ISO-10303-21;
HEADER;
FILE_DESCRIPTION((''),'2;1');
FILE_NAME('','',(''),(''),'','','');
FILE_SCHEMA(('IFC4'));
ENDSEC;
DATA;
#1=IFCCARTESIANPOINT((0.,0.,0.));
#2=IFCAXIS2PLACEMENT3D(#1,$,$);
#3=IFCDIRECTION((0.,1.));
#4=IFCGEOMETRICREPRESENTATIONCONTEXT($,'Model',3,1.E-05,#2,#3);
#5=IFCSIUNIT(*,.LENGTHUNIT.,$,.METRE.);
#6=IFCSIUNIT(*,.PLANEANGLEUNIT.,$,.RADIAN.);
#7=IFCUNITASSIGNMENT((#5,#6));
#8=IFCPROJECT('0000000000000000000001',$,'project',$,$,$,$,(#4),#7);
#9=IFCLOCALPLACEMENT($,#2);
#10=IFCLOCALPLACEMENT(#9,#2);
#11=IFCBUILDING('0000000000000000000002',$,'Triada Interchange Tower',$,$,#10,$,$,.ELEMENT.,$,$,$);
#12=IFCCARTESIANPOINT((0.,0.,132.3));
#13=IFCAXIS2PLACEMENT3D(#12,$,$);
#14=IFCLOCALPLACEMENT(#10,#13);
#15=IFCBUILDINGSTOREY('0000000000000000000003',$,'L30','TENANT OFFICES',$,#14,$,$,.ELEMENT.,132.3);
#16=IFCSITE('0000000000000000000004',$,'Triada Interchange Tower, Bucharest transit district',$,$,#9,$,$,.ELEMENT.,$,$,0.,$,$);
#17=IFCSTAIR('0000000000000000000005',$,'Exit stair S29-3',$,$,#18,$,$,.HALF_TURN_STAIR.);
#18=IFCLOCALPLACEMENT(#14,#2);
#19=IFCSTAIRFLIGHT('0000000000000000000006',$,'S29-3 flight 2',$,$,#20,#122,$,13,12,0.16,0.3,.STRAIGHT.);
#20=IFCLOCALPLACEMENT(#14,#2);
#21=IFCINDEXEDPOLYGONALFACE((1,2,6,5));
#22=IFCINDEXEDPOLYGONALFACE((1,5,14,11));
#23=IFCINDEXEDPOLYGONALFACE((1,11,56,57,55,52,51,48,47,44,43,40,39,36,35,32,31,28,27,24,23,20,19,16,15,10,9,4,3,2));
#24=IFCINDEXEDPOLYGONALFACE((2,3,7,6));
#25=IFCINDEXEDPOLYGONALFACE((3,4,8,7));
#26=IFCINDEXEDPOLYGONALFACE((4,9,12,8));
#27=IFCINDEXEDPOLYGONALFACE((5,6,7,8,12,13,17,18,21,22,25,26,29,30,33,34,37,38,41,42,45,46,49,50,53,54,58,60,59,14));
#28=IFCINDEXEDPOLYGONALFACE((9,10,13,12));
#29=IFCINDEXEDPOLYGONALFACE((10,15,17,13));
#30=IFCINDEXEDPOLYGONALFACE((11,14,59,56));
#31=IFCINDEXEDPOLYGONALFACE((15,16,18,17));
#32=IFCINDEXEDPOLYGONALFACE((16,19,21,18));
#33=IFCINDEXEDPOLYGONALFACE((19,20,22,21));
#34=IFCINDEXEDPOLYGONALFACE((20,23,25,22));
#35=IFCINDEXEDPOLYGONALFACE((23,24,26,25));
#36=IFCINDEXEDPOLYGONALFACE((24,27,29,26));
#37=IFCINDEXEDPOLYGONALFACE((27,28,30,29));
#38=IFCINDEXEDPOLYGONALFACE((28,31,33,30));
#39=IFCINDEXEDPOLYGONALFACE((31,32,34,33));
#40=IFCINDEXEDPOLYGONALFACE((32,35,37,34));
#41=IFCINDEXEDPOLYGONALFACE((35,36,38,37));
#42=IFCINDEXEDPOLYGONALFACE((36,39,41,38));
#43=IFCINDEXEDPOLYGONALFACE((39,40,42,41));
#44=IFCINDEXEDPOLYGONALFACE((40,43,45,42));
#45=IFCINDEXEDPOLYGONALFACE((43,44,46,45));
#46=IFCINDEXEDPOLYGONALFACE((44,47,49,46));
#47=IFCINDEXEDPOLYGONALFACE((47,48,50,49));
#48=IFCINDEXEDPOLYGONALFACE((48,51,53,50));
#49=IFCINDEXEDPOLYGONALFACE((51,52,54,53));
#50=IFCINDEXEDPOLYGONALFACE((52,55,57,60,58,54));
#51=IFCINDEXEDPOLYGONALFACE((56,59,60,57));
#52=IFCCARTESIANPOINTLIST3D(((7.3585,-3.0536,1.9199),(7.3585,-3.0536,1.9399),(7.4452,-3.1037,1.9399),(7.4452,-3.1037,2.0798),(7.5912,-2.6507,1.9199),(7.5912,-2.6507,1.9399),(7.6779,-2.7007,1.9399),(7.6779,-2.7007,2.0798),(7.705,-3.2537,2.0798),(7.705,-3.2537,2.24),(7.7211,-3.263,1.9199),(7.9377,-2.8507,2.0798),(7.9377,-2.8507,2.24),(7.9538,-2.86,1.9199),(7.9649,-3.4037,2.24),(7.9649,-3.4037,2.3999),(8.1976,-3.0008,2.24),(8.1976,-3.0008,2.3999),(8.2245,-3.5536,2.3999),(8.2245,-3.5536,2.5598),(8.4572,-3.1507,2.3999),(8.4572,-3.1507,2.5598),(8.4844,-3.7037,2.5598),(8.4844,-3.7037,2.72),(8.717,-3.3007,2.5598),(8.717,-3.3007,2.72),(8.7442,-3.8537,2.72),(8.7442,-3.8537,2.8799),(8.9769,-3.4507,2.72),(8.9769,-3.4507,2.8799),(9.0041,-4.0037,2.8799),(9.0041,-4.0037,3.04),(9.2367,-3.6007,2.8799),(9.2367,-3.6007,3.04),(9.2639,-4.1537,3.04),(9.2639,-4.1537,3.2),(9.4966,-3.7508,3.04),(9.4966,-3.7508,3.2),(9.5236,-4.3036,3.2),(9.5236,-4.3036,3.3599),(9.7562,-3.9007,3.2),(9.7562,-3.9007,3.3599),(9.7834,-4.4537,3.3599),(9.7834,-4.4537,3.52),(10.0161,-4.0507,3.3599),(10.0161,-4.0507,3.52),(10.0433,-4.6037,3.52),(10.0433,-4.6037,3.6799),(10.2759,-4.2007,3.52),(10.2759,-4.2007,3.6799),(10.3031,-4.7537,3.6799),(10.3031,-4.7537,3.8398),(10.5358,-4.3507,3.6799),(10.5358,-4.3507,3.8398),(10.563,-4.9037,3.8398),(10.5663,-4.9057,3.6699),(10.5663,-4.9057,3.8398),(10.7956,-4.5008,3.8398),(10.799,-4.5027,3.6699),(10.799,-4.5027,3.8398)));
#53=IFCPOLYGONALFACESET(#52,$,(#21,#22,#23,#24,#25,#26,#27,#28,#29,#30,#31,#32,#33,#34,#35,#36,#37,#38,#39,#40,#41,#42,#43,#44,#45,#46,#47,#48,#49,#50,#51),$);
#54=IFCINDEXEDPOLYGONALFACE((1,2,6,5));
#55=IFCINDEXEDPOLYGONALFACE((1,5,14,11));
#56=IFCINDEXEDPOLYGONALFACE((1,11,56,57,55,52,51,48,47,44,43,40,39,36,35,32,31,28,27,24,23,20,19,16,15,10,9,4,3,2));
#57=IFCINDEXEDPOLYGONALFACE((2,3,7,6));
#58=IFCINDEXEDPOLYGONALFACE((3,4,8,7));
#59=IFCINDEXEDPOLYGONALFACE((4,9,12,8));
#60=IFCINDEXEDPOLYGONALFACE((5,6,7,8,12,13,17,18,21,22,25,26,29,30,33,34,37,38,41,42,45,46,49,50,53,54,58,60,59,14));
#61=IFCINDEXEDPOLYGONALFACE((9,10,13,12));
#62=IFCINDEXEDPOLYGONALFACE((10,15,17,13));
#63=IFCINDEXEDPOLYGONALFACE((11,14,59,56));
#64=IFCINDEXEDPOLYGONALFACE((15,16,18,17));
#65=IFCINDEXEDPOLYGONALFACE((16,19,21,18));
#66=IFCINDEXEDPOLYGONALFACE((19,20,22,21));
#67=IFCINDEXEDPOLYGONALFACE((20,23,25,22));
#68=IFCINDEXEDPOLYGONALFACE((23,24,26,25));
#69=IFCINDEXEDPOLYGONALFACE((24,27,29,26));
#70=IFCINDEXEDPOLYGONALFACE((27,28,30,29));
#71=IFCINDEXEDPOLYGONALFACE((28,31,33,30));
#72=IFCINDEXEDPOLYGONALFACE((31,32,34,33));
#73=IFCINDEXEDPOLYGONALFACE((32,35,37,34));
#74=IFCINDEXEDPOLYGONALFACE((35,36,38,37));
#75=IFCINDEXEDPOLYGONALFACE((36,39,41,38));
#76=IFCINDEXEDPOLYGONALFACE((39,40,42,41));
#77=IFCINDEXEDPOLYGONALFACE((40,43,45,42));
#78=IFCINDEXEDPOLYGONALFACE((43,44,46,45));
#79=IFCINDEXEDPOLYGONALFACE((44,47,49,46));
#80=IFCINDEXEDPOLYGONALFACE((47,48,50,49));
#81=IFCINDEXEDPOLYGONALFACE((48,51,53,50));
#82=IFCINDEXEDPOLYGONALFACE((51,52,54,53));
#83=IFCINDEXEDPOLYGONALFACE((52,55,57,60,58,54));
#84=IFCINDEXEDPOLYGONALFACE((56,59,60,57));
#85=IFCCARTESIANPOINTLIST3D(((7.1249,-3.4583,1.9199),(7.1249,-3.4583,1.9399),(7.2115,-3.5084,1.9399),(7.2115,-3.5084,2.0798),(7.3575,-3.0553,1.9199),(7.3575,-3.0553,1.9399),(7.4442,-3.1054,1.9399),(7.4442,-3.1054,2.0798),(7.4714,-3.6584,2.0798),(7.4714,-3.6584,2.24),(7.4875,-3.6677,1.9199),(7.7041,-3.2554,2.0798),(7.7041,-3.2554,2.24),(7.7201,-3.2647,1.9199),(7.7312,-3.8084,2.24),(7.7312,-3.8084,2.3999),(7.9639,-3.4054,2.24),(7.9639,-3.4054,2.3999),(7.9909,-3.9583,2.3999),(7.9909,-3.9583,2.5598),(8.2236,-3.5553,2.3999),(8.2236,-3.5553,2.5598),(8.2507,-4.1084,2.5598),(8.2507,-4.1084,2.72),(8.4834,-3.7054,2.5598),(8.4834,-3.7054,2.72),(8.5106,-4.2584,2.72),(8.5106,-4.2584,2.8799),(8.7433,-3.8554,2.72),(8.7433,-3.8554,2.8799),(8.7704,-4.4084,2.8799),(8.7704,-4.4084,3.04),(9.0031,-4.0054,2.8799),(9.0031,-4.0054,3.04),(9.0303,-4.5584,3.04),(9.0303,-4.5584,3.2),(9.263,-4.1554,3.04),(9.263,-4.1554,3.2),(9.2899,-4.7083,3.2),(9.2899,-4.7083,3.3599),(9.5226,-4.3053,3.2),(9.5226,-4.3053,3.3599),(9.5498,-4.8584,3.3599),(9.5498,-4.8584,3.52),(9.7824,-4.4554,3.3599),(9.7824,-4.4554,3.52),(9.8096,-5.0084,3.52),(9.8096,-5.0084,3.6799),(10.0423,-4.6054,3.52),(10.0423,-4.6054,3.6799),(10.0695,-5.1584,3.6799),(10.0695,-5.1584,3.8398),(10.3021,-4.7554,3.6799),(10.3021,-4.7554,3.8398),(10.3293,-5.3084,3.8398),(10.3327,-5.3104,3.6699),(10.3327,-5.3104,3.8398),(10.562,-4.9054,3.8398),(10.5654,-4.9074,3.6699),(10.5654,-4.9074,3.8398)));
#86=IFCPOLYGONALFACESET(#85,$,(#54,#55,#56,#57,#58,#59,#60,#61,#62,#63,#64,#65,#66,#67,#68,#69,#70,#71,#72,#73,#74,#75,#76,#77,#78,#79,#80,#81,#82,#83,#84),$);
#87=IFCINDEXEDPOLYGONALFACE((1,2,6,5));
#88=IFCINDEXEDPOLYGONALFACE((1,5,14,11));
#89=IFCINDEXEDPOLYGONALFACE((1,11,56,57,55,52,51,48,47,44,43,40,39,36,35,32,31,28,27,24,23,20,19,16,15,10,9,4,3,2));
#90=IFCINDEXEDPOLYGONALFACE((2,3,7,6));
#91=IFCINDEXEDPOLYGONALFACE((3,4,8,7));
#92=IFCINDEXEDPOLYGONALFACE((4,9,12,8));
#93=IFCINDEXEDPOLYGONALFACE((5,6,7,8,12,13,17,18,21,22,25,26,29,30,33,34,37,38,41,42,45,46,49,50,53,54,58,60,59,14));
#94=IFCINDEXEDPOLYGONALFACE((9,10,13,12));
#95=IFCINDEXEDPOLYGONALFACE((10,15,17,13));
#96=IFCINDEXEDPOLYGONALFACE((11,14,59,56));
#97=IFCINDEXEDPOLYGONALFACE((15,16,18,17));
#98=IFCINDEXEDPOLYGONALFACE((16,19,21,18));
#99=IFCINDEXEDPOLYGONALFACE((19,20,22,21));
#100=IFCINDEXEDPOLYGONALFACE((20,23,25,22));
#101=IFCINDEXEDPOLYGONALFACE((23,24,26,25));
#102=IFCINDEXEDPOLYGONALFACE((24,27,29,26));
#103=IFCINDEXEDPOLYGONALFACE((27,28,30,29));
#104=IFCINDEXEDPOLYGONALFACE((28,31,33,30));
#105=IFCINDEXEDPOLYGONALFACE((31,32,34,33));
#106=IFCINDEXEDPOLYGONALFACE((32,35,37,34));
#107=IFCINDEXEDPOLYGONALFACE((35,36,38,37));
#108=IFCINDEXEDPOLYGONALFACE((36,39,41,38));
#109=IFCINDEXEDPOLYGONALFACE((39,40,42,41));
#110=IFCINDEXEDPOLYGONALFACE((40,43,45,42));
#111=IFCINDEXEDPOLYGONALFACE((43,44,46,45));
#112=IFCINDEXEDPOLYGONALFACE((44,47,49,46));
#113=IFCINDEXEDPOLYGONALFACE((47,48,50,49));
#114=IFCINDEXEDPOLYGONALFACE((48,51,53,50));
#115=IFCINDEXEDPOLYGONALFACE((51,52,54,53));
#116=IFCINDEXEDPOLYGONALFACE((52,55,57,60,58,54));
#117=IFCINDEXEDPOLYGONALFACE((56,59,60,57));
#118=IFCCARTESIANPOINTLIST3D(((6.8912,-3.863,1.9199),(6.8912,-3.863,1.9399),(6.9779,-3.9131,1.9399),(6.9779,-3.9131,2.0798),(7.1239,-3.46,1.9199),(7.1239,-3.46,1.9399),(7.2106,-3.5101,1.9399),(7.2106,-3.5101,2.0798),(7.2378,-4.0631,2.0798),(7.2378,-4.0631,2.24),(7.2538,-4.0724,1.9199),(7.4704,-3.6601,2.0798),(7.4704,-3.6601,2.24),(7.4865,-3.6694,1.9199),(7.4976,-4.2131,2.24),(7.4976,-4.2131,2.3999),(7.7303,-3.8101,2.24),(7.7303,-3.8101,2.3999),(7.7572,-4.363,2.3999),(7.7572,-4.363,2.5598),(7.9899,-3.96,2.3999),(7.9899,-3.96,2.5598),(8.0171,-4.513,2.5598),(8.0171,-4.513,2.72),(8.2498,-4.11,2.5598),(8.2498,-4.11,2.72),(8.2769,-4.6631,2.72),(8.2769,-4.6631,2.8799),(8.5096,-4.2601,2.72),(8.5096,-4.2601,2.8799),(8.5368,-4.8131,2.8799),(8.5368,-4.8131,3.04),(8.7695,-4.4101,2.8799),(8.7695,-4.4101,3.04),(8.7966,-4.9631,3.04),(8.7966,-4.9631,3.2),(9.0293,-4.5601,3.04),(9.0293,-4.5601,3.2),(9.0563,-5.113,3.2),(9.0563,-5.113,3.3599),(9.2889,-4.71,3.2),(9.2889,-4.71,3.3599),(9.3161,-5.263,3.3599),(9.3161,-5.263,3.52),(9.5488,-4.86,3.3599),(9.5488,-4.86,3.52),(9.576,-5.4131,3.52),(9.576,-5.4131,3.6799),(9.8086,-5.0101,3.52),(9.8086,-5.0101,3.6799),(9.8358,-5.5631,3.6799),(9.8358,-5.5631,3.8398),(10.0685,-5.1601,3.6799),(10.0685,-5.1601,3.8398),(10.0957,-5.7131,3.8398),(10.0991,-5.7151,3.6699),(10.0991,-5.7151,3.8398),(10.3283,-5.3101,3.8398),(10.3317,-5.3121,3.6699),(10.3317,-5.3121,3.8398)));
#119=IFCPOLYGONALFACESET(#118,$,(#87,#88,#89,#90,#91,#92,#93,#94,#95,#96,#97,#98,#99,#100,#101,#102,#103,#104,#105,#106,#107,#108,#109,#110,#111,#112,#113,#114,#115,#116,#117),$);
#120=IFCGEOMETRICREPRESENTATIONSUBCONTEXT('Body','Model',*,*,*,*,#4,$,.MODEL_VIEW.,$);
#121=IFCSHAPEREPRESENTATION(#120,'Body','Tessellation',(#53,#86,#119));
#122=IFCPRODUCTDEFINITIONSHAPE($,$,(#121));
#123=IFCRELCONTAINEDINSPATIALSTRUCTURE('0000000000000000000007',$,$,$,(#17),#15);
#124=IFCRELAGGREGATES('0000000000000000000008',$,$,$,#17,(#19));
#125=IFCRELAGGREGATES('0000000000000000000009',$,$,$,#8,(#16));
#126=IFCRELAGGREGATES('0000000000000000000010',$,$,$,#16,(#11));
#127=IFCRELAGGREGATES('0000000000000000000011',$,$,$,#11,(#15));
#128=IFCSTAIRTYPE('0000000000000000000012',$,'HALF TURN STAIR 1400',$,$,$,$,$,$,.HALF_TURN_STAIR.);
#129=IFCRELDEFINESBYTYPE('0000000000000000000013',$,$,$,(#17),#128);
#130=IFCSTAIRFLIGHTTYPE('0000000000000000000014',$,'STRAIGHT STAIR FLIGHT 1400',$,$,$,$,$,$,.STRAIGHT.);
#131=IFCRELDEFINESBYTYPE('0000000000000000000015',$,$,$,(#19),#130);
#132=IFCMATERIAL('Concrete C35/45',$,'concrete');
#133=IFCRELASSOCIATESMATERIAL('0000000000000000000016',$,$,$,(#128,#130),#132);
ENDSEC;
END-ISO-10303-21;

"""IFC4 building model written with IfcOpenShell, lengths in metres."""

from ifc_helpers import new_model, si_unit, direction, frame, origin, place, context, subcontext, project, spatial, polyline, outline, extrude, material, type_object, element, aggregate, save


model = new_model("IFC4")

# Units and contexts
model_context = context("Model", 3, precision=1e-05, world=origin(), true_north=direction((0.0, 1.0)))
body_context = subcontext(model_context, "Body", "Model", "MODEL_VIEW")
ifc_project = project(units=[si_unit("LENGTHUNIT", "METRE"), si_unit("PLANEANGLEUNIT", "RADIAN")], contexts=[model_context])

# Site, building, storey
site_placement = place(None, origin())
site = spatial("IfcSite", under=ifc_project, at=site_placement, Name="Triada Interchange Tower, Bucharest transit district", CompositionType="ELEMENT", RefElevation=0.0)
building_placement = place(site_placement, origin())
building = spatial("IfcBuilding", under=site, at=building_placement, Name="Triada Interchange Tower", CompositionType="ELEMENT")
storey_placement = place(building_placement, frame((0.0, 0.0, 132.3)))
storey = spatial("IfcBuildingStorey", under=building, at=storey_placement, Name="L30", Description="TENANT OFFICES", CompositionType="ELEMENT", Elevation=132.3)

# Stair, stair flight
ifc_material_1 = material(Name="Concrete C35/45", Category="concrete")
stair_type = type_object("IfcStairType", Name="HALF TURN STAIR 1400", PredefinedType="HALF_TURN_STAIR", material=ifc_material_1)
stair_placement = place(storey_placement, origin())
stair = element("IfcStair", 1, at=stair_placement, inside=storey, type_object=stair_type, Name="Exit stair S29-3", PredefinedType="HALF_TURN_STAIR")
stair_flight_type = type_object("IfcStairFlightType", Name="STRAIGHT STAIR FLIGHT 1400", PredefinedType="STRAIGHT", material=ifc_material_1)
stair_flight_1_placement = place(storey_placement, frame((7.3279, -3.3069, 1.9199), z_axis=(0.0, 0.0, 1.0), x_axis=(0.866025, -0.5, 0.0)))
stair_flight_1 = element("IfcStairFlight", 2, at=stair_flight_1_placement, type_object=stair_flight_type, Name="S29-3 flight 2", NumberOfRisers=13, NumberOfTreads=12, PredefinedType="STRAIGHT", RiserHeight=0.16, TreadLength=0.3, context=body_context, shape_type="SweptSolid", body=[
    extrude(outline(polyline([(-0.1001, 0.0), (-0.1001, 0.02), (0.0, 0.02), (0.0, 0.1599), (0.3, 0.1599), (0.3, 0.3201), (0.6001, 0.3201), (0.6001, 0.48), (0.8999, 0.48), (0.8999, 0.6399), (1.2, 0.6399), (1.2, 0.8), (1.5, 0.8), (1.5, 0.96), (1.8, 0.96), (1.8, 1.1201), (2.1001, 1.1201), (2.1001, 1.28), (2.3999, 1.28), (2.3999, 1.4399), (2.7, 1.4399), (2.7, 1.6001), (3.0, 1.6001), (3.0, 1.76), (3.3, 1.76), (3.3, 1.9199), (3.6001, 1.9199), (3.604, 1.9199), (3.604, 2.0801), (3.604, 1.75), (0.3186, 0.0), (-0.1001, 0.0)])), frame((0.0, 0.7, 0.0), z_axis=(0.0, -1.0, 0.0), x_axis=(1.0, 0.0, 0.0)), (0.0, 0.0, 1.0), 0.4653),
    extrude(outline(polyline([(-0.1001, 0.0), (-0.1001, 0.02), (0.0, 0.02), (0.0, 0.1599), (0.3, 0.1599), (0.3, 0.3201), (0.6001, 0.3201), (0.6001, 0.48), (0.8999, 0.48), (0.8999, 0.6399), (1.2, 0.6399), (1.2, 0.8), (1.5, 0.8), (1.5, 0.96), (1.8, 0.96), (1.8, 1.1201), (2.1001, 1.1201), (2.1001, 1.28), (2.3999, 1.28), (2.3999, 1.4399), (2.7, 1.4399), (2.7, 1.6001), (3.0, 1.6001), (3.0, 1.76), (3.3, 1.76), (3.3, 1.9199), (3.6001, 1.9199), (3.604, 1.9199), (3.604, 2.0801), (3.604, 1.75), (0.3186, 0.0), (-0.1001, 0.0)])), frame((0.0, 0.2327, 0.0), z_axis=(0.0, -1.0, 0.0), x_axis=(1.0, 0.0, 0.0)), (0.0, 0.0, 1.0), 0.4653),
    extrude(outline(polyline([(-0.1001, 0.0), (-0.1001, 0.02), (0.0, 0.02), (0.0, 0.1599), (0.3, 0.1599), (0.3, 0.3201), (0.6001, 0.3201), (0.6001, 0.48), (0.8999, 0.48), (0.8999, 0.6399), (1.2, 0.6399), (1.2, 0.8), (1.5, 0.8), (1.5, 0.96), (1.8, 0.96), (1.8, 1.1201), (2.1001, 1.1201), (2.1001, 1.28), (2.3999, 1.28), (2.3999, 1.4399), (2.7, 1.4399), (2.7, 1.6001), (3.0, 1.6001), (3.0, 1.76), (3.3, 1.76), (3.3, 1.9199), (3.6001, 1.9199), (3.604, 1.9199), (3.604, 2.0801), (3.604, 1.75), (0.3186, 0.0), (-0.1001, 0.0)])), frame((0.0, -0.2346, 0.0), z_axis=(0.0, -1.0, 0.0), x_axis=(1.0, 0.0, 0.0)), (0.0, 0.0, 1.0), 0.4653),
])
aggregate(stair, [stair_flight_1])

save(model, "model.ifc")
